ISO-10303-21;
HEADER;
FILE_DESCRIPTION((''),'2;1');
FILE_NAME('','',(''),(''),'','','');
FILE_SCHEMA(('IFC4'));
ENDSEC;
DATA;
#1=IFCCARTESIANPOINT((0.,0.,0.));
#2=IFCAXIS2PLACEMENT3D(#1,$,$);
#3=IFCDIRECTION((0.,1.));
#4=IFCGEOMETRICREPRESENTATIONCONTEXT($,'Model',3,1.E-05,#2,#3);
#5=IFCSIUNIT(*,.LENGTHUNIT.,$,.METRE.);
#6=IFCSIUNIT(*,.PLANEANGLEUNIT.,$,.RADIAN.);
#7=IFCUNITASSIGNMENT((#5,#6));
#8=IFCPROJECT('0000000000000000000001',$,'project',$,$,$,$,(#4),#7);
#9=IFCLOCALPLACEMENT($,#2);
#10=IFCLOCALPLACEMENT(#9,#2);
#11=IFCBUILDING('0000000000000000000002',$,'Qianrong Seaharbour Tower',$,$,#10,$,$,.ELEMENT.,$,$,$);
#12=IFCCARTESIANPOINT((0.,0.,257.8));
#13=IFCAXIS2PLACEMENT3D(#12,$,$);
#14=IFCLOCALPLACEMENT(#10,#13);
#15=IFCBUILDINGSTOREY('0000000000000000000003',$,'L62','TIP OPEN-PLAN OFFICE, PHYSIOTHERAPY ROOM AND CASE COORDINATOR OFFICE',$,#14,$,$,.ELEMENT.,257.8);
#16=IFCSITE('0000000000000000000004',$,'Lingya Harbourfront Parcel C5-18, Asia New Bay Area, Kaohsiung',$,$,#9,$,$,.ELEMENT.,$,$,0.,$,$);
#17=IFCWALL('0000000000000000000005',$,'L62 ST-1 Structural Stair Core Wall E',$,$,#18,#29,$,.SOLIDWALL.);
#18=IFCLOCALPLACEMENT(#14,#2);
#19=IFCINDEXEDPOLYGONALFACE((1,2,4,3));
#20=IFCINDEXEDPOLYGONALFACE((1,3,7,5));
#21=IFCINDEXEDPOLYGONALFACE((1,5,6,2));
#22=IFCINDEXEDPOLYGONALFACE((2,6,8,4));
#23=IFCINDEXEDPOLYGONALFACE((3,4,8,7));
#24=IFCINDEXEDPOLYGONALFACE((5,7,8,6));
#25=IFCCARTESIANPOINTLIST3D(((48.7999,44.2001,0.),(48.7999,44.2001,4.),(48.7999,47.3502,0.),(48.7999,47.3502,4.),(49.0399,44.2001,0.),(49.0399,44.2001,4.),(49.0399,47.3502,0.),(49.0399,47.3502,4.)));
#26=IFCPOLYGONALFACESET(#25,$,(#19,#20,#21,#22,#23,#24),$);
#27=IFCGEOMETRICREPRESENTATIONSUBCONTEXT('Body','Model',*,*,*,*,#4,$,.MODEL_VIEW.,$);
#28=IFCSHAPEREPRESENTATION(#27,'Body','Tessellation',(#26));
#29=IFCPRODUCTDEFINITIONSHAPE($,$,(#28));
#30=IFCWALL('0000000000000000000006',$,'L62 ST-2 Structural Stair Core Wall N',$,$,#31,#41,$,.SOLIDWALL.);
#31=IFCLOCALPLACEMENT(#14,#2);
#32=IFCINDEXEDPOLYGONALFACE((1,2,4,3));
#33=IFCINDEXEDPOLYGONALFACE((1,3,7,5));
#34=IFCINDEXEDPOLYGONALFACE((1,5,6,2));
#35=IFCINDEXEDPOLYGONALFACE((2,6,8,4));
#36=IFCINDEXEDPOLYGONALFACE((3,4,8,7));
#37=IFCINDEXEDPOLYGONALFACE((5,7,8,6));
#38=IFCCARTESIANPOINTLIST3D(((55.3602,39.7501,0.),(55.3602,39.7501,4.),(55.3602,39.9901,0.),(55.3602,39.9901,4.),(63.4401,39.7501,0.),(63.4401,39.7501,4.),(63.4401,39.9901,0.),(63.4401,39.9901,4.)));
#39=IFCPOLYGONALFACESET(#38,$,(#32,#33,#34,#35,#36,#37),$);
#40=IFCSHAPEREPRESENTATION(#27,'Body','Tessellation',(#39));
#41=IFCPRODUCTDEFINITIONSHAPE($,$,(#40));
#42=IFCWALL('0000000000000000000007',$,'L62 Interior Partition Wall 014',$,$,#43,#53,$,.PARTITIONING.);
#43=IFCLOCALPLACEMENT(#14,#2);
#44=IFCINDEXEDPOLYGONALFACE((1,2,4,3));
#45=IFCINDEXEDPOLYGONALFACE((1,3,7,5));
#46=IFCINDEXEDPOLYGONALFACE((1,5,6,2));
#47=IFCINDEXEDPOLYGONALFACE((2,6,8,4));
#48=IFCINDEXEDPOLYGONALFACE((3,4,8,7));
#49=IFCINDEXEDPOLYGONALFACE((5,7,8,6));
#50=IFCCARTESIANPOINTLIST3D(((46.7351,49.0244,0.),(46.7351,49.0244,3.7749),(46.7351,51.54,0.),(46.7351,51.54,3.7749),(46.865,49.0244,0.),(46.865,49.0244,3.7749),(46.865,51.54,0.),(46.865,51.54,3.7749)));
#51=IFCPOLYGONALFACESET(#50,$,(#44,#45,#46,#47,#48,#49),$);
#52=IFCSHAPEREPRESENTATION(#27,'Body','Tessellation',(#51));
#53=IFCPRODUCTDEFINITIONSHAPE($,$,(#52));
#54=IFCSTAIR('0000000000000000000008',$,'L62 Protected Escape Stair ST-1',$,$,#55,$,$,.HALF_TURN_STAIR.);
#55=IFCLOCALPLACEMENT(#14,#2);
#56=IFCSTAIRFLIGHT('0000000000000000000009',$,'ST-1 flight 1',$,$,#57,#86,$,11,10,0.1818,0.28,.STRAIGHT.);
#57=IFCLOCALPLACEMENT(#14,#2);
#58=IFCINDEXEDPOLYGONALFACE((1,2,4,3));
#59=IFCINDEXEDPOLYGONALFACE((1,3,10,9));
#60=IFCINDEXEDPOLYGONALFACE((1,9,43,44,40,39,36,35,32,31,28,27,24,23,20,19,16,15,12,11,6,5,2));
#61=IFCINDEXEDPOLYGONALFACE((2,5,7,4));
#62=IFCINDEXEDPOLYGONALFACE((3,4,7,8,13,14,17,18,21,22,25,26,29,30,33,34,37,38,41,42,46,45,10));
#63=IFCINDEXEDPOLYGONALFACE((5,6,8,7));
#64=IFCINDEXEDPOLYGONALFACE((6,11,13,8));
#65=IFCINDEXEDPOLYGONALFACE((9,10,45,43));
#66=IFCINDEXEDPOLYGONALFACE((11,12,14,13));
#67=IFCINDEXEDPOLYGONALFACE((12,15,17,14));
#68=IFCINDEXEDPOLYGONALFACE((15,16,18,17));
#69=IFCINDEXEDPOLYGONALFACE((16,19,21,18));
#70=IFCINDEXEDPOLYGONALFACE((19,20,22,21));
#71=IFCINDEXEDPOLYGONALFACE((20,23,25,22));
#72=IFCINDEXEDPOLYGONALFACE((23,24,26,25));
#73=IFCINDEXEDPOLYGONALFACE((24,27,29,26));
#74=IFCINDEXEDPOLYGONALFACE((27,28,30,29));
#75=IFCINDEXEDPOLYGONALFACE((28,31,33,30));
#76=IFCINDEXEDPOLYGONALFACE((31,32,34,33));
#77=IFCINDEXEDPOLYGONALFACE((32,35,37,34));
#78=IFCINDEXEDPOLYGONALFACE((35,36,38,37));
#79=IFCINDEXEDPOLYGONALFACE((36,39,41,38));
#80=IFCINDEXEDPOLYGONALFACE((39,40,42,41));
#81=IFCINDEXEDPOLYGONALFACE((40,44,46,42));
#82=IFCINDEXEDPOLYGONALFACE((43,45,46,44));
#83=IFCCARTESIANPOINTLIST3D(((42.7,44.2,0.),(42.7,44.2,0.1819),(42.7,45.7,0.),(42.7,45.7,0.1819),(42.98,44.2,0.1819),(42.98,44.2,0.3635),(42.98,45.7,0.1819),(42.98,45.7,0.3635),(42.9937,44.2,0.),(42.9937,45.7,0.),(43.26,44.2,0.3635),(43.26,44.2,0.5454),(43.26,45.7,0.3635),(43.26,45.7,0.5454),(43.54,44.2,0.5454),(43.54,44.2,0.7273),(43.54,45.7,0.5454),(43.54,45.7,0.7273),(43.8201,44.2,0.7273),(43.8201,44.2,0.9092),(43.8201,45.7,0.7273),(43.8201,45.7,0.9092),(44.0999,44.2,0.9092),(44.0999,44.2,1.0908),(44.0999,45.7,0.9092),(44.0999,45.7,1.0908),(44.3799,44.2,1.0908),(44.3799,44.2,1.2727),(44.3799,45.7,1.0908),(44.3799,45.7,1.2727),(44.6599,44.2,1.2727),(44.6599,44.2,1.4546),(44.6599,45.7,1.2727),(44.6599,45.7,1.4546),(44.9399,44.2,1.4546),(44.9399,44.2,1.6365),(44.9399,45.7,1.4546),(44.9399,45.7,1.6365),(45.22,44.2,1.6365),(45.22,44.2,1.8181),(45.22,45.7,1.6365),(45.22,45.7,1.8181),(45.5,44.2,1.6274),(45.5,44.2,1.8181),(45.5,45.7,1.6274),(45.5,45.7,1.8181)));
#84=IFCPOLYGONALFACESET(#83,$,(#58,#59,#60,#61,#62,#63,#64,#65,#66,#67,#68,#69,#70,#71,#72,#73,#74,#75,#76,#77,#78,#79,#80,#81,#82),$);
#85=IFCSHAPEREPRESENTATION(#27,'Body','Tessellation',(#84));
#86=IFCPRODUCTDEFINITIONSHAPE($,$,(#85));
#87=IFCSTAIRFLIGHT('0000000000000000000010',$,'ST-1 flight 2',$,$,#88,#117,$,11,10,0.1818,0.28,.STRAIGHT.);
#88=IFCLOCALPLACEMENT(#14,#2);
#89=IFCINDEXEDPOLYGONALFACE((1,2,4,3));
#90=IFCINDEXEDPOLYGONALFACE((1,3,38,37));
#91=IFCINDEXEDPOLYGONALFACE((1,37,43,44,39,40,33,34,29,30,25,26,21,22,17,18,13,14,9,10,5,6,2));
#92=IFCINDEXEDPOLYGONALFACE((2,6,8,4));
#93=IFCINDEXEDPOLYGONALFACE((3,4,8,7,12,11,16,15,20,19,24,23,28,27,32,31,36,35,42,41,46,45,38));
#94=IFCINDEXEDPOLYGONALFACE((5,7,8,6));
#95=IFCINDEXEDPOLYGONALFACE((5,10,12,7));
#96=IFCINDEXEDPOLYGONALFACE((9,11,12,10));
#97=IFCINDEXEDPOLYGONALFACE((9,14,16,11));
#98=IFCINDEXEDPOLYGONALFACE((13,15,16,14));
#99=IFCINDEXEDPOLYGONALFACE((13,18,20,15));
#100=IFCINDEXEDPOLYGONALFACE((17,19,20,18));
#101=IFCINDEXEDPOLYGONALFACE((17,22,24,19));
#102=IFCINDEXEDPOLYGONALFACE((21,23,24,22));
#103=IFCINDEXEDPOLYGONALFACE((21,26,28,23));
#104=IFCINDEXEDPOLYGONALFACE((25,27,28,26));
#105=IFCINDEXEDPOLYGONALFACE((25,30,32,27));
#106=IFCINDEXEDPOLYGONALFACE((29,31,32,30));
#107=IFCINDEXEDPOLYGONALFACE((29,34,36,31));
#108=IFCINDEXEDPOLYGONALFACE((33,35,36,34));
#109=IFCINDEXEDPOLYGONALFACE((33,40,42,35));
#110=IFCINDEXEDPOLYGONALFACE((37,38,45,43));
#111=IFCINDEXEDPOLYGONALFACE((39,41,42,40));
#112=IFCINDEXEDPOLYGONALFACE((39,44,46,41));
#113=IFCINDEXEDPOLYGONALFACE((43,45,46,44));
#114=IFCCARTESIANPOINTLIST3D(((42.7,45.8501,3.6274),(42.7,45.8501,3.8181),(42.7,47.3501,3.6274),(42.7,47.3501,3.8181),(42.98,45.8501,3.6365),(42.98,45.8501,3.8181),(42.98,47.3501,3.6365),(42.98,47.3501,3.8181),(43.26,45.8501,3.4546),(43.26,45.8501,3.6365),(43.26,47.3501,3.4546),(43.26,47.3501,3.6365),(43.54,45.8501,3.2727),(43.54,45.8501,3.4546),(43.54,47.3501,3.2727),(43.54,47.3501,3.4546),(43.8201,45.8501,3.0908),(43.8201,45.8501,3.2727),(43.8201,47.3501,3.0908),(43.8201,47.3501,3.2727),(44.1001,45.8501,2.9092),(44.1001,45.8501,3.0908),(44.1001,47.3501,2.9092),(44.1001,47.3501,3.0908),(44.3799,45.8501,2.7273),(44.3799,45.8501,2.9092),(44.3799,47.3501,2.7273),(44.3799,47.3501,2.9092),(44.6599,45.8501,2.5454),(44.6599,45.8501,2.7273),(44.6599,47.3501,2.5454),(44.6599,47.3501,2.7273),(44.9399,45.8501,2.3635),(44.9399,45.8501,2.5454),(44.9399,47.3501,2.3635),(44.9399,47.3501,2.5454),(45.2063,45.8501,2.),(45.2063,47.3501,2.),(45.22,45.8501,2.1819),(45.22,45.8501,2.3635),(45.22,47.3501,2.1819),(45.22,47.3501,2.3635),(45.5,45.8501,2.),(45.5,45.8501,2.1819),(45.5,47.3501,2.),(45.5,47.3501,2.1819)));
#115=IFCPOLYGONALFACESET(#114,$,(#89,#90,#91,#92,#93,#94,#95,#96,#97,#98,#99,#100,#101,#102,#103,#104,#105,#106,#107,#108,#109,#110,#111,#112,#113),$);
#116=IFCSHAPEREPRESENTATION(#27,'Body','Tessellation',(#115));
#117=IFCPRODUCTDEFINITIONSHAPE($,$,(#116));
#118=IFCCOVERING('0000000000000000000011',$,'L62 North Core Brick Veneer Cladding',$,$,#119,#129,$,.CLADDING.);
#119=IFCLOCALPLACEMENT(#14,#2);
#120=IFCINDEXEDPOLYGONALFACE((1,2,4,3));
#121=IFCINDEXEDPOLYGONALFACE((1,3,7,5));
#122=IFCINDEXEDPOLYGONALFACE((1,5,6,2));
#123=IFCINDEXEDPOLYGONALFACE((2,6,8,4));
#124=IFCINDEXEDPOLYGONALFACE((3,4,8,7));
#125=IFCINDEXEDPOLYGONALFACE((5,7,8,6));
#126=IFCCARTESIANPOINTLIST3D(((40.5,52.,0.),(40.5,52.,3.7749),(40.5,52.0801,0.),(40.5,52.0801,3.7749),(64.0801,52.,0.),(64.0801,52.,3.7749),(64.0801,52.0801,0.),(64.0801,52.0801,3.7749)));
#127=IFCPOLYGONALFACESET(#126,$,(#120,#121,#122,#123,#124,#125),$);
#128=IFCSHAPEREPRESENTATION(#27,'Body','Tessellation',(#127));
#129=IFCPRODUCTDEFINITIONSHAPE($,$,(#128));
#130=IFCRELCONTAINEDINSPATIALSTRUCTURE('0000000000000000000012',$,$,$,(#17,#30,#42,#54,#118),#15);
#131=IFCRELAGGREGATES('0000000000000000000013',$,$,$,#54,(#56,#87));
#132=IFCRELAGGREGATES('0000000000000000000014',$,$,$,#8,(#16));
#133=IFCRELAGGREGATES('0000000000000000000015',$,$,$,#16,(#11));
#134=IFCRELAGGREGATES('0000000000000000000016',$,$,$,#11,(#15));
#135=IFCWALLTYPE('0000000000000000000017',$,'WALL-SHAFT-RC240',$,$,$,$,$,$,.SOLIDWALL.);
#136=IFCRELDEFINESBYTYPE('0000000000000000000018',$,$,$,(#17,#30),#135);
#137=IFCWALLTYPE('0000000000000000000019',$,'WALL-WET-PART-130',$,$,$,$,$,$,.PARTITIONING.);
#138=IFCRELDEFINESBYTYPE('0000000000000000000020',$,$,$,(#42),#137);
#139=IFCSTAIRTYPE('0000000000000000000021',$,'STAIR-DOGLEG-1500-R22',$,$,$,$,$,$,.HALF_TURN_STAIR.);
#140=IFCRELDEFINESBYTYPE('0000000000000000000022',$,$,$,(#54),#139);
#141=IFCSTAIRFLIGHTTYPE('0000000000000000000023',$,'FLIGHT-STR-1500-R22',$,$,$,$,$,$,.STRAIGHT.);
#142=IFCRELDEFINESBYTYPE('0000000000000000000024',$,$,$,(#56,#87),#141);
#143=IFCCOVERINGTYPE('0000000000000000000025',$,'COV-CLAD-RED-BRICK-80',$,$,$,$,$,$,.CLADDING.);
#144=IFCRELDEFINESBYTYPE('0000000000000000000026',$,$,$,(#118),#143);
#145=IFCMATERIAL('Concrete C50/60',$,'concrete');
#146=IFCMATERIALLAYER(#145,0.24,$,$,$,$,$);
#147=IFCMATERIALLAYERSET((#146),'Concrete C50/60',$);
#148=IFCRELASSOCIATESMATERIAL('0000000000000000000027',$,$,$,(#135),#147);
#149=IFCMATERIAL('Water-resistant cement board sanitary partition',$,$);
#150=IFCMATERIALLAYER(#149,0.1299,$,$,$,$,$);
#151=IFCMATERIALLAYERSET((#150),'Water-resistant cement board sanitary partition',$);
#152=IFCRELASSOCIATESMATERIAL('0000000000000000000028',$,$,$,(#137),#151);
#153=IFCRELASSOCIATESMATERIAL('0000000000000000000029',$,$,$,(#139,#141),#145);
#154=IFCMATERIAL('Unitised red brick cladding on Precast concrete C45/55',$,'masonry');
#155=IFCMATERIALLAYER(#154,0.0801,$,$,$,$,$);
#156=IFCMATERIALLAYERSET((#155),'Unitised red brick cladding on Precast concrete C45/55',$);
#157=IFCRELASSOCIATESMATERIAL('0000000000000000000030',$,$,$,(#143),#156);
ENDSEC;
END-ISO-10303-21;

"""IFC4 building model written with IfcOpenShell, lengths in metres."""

from ifc_helpers import new_model, si_unit, direction, frame, frame_2d, origin, origin_2d, place, context, subcontext, project, spatial, polyline, rectangle, outline, extrude, material, layer, layer_set, type_object, element, aggregate, save


model = new_model("IFC4")

# Units and contexts
model_context = context("Model", 3, precision=1e-05, world=origin(), true_north=direction((0.0, 1.0)))
body_context = subcontext(model_context, "Body", "Model", "MODEL_VIEW")
ifc_project = project(units=[si_unit("LENGTHUNIT", "METRE"), si_unit("PLANEANGLEUNIT", "RADIAN")], contexts=[model_context])

# Site, building, storey
site_placement = place(None, origin())
site = spatial("IfcSite", under=ifc_project, at=site_placement, Name="Lingya Harbourfront Parcel C5-18, Asia New Bay Area, Kaohsiung", CompositionType="ELEMENT", RefElevation=0.0)
building_placement = place(site_placement, origin())
building = spatial("IfcBuilding", under=site, at=building_placement, Name="Qianrong Seaharbour Tower", CompositionType="ELEMENT")
storey_placement = place(building_placement, frame((0.0, 0.0, 257.8)))
storey = spatial("IfcBuildingStorey", under=building, at=storey_placement, Name="L62", Description="TIP OPEN-PLAN OFFICE, PHYSIOTHERAPY ROOM AND CASE COORDINATOR OFFICE", CompositionType="ELEMENT", Elevation=257.8)

# Shared definitions
ifc_material_1 = material(Name="Concrete C50/60", Category="concrete")

# Walls
ifc_layer_1 = layer(ifc_material_1, 0.24)
ifc_layer_set_1 = layer_set([ifc_layer_1], Name="Concrete C50/60")
wall_type_1 = type_object("IfcWallType", Name="WALL-SHAFT-RC240", PredefinedType="SOLIDWALL", material=ifc_layer_set_1)
wall_1_placement = place(storey_placement, frame((48.9199, 44.2, 0.0), z_axis=(0.0, 0.0, 1.0), x_axis=(0.0, 1.0, 0.0)))
element("IfcWall", 1, at=wall_1_placement, inside=storey, type_object=wall_type_1, Name="L62 ST-1 Structural Stair Core Wall E", PredefinedType="SOLIDWALL", context=body_context, shape_type="SweptSolid", body=[
    extrude(rectangle(XDim=3.1501, YDim=0.24, at=frame_2d((1.5752, 0.0))), origin(), (0.0, 0.0, 1.0), 4.0),
])
wall_2_placement = place(storey_placement, frame((55.3601, 39.8701, 0.0), z_axis=(0.0, 0.0, 1.0), x_axis=(1.0, 0.0, 0.0)))
element("IfcWall", 2, at=wall_2_placement, inside=storey, type_object=wall_type_1, Name="L62 ST-2 Structural Stair Core Wall N", PredefinedType="SOLIDWALL", context=body_context, shape_type="SweptSolid", body=[
    extrude(rectangle(XDim=8.0798, YDim=0.24, at=frame_2d((4.04, 0.0))), origin(), (0.0, 0.0, 1.0), 4.0),
])
ifc_material_2 = material(Name="Water-resistant cement board sanitary partition")
ifc_layer_2 = layer(ifc_material_2, 0.1299)
ifc_layer_set_2 = layer_set([ifc_layer_2], Name="Water-resistant cement board sanitary partition")
wall_type_2 = type_object("IfcWallType", Name="WALL-WET-PART-130", PredefinedType="PARTITIONING", material=ifc_layer_set_2)
wall_3_placement = place(storey_placement, frame((46.8, 51.54, 0.0), z_axis=(0.0, 0.0, 1.0), x_axis=(0.0, -1.0, 0.0)))
element("IfcWall", 3, at=wall_3_placement, inside=storey, type_object=wall_type_2, Name="L62 Interior Partition Wall 014", PredefinedType="PARTITIONING", context=body_context, shape_type="SweptSolid", body=[
    extrude(rectangle(XDim=2.5156, YDim=0.1299, at=frame_2d((1.2578, 0.0))), origin(), (0.0, 0.0, 1.0), 3.7749),
])

# Stair, stair flights
stair_type = type_object("IfcStairType", Name="STAIR-DOGLEG-1500-R22", PredefinedType="HALF_TURN_STAIR", material=ifc_material_1)
stair_placement = place(storey_placement, origin())
stair = element("IfcStair", 4, at=stair_placement, inside=storey, type_object=stair_type, Name="L62 Protected Escape Stair ST-1", PredefinedType="HALF_TURN_STAIR")
stair_flight_type = type_object("IfcStairFlightType", Name="FLIGHT-STR-1500-R22", PredefinedType="STRAIGHT", material=ifc_material_1)
stair_flight_1_placement = place(storey_placement, frame((42.7, 44.95, 0.0), z_axis=(0.0, 0.0, 1.0), x_axis=(1.0, 0.0, 0.0)))
stair_flight_1 = element("IfcStairFlight", 5, at=stair_flight_1_placement, type_object=stair_flight_type, Name="ST-1 flight 1", NumberOfRisers=11, NumberOfTreads=10, PredefinedType="STRAIGHT", RiserHeight=0.1818, TreadLength=0.28, context=body_context, shape_type="SweptSolid", body=[
    extrude(outline(polyline([(0.0, 0.0), (0.0, 0.1819), (0.28, 0.1819), (0.28, 0.3635), (0.5601, 0.3635), (0.5601, 0.5454), (0.8401, 0.5454), (0.8401, 0.7273), (1.1201, 0.7273), (1.1201, 0.9092), (1.3999, 0.9092), (1.3999, 1.0908), (1.6799, 1.0908), (1.6799, 1.2727), (1.96, 1.2727), (1.96, 1.4546), (2.24, 1.4546), (2.24, 1.6365), (2.52, 1.6365), (2.52, 1.8181), (2.8, 1.8181), (2.8, 2.0), (2.8, 1.6274), (0.2937, 0.0), (0.0, 0.0)])), frame((0.0, 0.75, 0.0), z_axis=(0.0, -1.0, 0.0), x_axis=(1.0, 0.0, 0.0)), (0.0, 0.0, 1.0), 1.5),
])
stair_flight_2_placement = place(storey_placement, frame((45.5, 46.6001, 2.0), z_axis=(0.0, 0.0, 1.0), x_axis=(-1.0, 0.0, 0.0)))
stair_flight_2 = element("IfcStairFlight", 6, at=stair_flight_2_placement, type_object=stair_flight_type, Name="ST-1 flight 2", NumberOfRisers=11, NumberOfTreads=10, PredefinedType="STRAIGHT", RiserHeight=0.1818, TreadLength=0.28, context=body_context, shape_type="SweptSolid", body=[
    extrude(outline(polyline([(0.0, 0.0), (0.0, 0.1819), (0.28, 0.1819), (0.28, 0.3635), (0.5601, 0.3635), (0.5601, 0.5454), (0.8401, 0.5454), (0.8401, 0.7273), (1.1201, 0.7273), (1.1201, 0.9092), (1.3999, 0.9092), (1.3999, 1.0908), (1.6799, 1.0908), (1.6799, 1.2727), (1.96, 1.2727), (1.96, 1.4546), (2.24, 1.4546), (2.24, 1.6365), (2.52, 1.6365), (2.52, 1.8181), (2.8, 1.8181), (2.8, 2.0), (2.8, 1.6274), (0.2937, 0.0), (0.0, 0.0)])), frame((0.0, 0.75, 0.0), z_axis=(0.0, -1.0, 0.0), x_axis=(1.0, 0.0, 0.0)), (0.0, 0.0, 1.0), 1.5),
])
aggregate(stair, [stair_flight_1, stair_flight_2])

# Covering
ifc_material_3 = material(Name="Unitised red brick cladding on Precast concrete C45/55", Category="masonry")
ifc_layer_3 = layer(ifc_material_3, 0.0801)
ifc_layer_set_3 = layer_set([ifc_layer_3], Name="Unitised red brick cladding on Precast concrete C45/55")
covering_type = type_object("IfcCoveringType", Name="COV-CLAD-RED-BRICK-80", PredefinedType="CLADDING", material=ifc_layer_set_3)
covering_placement = place(storey_placement, frame((52.29, 52.04, 0.0), z_axis=(0.0, 0.0, 1.0), x_axis=(1.0, 0.0, 0.0)))
element("IfcCovering", 7, at=covering_placement, inside=storey, type_object=covering_type, Name="L62 North Core Brick Veneer Cladding", PredefinedType="CLADDING", context=body_context, shape_type="SweptSolid", body=[
    extrude(rectangle(XDim=23.5801, YDim=0.0801, at=origin_2d()), origin(), (0.0, 0.0, 1.0), 3.7749),
])

save(model, "model.ifc")
